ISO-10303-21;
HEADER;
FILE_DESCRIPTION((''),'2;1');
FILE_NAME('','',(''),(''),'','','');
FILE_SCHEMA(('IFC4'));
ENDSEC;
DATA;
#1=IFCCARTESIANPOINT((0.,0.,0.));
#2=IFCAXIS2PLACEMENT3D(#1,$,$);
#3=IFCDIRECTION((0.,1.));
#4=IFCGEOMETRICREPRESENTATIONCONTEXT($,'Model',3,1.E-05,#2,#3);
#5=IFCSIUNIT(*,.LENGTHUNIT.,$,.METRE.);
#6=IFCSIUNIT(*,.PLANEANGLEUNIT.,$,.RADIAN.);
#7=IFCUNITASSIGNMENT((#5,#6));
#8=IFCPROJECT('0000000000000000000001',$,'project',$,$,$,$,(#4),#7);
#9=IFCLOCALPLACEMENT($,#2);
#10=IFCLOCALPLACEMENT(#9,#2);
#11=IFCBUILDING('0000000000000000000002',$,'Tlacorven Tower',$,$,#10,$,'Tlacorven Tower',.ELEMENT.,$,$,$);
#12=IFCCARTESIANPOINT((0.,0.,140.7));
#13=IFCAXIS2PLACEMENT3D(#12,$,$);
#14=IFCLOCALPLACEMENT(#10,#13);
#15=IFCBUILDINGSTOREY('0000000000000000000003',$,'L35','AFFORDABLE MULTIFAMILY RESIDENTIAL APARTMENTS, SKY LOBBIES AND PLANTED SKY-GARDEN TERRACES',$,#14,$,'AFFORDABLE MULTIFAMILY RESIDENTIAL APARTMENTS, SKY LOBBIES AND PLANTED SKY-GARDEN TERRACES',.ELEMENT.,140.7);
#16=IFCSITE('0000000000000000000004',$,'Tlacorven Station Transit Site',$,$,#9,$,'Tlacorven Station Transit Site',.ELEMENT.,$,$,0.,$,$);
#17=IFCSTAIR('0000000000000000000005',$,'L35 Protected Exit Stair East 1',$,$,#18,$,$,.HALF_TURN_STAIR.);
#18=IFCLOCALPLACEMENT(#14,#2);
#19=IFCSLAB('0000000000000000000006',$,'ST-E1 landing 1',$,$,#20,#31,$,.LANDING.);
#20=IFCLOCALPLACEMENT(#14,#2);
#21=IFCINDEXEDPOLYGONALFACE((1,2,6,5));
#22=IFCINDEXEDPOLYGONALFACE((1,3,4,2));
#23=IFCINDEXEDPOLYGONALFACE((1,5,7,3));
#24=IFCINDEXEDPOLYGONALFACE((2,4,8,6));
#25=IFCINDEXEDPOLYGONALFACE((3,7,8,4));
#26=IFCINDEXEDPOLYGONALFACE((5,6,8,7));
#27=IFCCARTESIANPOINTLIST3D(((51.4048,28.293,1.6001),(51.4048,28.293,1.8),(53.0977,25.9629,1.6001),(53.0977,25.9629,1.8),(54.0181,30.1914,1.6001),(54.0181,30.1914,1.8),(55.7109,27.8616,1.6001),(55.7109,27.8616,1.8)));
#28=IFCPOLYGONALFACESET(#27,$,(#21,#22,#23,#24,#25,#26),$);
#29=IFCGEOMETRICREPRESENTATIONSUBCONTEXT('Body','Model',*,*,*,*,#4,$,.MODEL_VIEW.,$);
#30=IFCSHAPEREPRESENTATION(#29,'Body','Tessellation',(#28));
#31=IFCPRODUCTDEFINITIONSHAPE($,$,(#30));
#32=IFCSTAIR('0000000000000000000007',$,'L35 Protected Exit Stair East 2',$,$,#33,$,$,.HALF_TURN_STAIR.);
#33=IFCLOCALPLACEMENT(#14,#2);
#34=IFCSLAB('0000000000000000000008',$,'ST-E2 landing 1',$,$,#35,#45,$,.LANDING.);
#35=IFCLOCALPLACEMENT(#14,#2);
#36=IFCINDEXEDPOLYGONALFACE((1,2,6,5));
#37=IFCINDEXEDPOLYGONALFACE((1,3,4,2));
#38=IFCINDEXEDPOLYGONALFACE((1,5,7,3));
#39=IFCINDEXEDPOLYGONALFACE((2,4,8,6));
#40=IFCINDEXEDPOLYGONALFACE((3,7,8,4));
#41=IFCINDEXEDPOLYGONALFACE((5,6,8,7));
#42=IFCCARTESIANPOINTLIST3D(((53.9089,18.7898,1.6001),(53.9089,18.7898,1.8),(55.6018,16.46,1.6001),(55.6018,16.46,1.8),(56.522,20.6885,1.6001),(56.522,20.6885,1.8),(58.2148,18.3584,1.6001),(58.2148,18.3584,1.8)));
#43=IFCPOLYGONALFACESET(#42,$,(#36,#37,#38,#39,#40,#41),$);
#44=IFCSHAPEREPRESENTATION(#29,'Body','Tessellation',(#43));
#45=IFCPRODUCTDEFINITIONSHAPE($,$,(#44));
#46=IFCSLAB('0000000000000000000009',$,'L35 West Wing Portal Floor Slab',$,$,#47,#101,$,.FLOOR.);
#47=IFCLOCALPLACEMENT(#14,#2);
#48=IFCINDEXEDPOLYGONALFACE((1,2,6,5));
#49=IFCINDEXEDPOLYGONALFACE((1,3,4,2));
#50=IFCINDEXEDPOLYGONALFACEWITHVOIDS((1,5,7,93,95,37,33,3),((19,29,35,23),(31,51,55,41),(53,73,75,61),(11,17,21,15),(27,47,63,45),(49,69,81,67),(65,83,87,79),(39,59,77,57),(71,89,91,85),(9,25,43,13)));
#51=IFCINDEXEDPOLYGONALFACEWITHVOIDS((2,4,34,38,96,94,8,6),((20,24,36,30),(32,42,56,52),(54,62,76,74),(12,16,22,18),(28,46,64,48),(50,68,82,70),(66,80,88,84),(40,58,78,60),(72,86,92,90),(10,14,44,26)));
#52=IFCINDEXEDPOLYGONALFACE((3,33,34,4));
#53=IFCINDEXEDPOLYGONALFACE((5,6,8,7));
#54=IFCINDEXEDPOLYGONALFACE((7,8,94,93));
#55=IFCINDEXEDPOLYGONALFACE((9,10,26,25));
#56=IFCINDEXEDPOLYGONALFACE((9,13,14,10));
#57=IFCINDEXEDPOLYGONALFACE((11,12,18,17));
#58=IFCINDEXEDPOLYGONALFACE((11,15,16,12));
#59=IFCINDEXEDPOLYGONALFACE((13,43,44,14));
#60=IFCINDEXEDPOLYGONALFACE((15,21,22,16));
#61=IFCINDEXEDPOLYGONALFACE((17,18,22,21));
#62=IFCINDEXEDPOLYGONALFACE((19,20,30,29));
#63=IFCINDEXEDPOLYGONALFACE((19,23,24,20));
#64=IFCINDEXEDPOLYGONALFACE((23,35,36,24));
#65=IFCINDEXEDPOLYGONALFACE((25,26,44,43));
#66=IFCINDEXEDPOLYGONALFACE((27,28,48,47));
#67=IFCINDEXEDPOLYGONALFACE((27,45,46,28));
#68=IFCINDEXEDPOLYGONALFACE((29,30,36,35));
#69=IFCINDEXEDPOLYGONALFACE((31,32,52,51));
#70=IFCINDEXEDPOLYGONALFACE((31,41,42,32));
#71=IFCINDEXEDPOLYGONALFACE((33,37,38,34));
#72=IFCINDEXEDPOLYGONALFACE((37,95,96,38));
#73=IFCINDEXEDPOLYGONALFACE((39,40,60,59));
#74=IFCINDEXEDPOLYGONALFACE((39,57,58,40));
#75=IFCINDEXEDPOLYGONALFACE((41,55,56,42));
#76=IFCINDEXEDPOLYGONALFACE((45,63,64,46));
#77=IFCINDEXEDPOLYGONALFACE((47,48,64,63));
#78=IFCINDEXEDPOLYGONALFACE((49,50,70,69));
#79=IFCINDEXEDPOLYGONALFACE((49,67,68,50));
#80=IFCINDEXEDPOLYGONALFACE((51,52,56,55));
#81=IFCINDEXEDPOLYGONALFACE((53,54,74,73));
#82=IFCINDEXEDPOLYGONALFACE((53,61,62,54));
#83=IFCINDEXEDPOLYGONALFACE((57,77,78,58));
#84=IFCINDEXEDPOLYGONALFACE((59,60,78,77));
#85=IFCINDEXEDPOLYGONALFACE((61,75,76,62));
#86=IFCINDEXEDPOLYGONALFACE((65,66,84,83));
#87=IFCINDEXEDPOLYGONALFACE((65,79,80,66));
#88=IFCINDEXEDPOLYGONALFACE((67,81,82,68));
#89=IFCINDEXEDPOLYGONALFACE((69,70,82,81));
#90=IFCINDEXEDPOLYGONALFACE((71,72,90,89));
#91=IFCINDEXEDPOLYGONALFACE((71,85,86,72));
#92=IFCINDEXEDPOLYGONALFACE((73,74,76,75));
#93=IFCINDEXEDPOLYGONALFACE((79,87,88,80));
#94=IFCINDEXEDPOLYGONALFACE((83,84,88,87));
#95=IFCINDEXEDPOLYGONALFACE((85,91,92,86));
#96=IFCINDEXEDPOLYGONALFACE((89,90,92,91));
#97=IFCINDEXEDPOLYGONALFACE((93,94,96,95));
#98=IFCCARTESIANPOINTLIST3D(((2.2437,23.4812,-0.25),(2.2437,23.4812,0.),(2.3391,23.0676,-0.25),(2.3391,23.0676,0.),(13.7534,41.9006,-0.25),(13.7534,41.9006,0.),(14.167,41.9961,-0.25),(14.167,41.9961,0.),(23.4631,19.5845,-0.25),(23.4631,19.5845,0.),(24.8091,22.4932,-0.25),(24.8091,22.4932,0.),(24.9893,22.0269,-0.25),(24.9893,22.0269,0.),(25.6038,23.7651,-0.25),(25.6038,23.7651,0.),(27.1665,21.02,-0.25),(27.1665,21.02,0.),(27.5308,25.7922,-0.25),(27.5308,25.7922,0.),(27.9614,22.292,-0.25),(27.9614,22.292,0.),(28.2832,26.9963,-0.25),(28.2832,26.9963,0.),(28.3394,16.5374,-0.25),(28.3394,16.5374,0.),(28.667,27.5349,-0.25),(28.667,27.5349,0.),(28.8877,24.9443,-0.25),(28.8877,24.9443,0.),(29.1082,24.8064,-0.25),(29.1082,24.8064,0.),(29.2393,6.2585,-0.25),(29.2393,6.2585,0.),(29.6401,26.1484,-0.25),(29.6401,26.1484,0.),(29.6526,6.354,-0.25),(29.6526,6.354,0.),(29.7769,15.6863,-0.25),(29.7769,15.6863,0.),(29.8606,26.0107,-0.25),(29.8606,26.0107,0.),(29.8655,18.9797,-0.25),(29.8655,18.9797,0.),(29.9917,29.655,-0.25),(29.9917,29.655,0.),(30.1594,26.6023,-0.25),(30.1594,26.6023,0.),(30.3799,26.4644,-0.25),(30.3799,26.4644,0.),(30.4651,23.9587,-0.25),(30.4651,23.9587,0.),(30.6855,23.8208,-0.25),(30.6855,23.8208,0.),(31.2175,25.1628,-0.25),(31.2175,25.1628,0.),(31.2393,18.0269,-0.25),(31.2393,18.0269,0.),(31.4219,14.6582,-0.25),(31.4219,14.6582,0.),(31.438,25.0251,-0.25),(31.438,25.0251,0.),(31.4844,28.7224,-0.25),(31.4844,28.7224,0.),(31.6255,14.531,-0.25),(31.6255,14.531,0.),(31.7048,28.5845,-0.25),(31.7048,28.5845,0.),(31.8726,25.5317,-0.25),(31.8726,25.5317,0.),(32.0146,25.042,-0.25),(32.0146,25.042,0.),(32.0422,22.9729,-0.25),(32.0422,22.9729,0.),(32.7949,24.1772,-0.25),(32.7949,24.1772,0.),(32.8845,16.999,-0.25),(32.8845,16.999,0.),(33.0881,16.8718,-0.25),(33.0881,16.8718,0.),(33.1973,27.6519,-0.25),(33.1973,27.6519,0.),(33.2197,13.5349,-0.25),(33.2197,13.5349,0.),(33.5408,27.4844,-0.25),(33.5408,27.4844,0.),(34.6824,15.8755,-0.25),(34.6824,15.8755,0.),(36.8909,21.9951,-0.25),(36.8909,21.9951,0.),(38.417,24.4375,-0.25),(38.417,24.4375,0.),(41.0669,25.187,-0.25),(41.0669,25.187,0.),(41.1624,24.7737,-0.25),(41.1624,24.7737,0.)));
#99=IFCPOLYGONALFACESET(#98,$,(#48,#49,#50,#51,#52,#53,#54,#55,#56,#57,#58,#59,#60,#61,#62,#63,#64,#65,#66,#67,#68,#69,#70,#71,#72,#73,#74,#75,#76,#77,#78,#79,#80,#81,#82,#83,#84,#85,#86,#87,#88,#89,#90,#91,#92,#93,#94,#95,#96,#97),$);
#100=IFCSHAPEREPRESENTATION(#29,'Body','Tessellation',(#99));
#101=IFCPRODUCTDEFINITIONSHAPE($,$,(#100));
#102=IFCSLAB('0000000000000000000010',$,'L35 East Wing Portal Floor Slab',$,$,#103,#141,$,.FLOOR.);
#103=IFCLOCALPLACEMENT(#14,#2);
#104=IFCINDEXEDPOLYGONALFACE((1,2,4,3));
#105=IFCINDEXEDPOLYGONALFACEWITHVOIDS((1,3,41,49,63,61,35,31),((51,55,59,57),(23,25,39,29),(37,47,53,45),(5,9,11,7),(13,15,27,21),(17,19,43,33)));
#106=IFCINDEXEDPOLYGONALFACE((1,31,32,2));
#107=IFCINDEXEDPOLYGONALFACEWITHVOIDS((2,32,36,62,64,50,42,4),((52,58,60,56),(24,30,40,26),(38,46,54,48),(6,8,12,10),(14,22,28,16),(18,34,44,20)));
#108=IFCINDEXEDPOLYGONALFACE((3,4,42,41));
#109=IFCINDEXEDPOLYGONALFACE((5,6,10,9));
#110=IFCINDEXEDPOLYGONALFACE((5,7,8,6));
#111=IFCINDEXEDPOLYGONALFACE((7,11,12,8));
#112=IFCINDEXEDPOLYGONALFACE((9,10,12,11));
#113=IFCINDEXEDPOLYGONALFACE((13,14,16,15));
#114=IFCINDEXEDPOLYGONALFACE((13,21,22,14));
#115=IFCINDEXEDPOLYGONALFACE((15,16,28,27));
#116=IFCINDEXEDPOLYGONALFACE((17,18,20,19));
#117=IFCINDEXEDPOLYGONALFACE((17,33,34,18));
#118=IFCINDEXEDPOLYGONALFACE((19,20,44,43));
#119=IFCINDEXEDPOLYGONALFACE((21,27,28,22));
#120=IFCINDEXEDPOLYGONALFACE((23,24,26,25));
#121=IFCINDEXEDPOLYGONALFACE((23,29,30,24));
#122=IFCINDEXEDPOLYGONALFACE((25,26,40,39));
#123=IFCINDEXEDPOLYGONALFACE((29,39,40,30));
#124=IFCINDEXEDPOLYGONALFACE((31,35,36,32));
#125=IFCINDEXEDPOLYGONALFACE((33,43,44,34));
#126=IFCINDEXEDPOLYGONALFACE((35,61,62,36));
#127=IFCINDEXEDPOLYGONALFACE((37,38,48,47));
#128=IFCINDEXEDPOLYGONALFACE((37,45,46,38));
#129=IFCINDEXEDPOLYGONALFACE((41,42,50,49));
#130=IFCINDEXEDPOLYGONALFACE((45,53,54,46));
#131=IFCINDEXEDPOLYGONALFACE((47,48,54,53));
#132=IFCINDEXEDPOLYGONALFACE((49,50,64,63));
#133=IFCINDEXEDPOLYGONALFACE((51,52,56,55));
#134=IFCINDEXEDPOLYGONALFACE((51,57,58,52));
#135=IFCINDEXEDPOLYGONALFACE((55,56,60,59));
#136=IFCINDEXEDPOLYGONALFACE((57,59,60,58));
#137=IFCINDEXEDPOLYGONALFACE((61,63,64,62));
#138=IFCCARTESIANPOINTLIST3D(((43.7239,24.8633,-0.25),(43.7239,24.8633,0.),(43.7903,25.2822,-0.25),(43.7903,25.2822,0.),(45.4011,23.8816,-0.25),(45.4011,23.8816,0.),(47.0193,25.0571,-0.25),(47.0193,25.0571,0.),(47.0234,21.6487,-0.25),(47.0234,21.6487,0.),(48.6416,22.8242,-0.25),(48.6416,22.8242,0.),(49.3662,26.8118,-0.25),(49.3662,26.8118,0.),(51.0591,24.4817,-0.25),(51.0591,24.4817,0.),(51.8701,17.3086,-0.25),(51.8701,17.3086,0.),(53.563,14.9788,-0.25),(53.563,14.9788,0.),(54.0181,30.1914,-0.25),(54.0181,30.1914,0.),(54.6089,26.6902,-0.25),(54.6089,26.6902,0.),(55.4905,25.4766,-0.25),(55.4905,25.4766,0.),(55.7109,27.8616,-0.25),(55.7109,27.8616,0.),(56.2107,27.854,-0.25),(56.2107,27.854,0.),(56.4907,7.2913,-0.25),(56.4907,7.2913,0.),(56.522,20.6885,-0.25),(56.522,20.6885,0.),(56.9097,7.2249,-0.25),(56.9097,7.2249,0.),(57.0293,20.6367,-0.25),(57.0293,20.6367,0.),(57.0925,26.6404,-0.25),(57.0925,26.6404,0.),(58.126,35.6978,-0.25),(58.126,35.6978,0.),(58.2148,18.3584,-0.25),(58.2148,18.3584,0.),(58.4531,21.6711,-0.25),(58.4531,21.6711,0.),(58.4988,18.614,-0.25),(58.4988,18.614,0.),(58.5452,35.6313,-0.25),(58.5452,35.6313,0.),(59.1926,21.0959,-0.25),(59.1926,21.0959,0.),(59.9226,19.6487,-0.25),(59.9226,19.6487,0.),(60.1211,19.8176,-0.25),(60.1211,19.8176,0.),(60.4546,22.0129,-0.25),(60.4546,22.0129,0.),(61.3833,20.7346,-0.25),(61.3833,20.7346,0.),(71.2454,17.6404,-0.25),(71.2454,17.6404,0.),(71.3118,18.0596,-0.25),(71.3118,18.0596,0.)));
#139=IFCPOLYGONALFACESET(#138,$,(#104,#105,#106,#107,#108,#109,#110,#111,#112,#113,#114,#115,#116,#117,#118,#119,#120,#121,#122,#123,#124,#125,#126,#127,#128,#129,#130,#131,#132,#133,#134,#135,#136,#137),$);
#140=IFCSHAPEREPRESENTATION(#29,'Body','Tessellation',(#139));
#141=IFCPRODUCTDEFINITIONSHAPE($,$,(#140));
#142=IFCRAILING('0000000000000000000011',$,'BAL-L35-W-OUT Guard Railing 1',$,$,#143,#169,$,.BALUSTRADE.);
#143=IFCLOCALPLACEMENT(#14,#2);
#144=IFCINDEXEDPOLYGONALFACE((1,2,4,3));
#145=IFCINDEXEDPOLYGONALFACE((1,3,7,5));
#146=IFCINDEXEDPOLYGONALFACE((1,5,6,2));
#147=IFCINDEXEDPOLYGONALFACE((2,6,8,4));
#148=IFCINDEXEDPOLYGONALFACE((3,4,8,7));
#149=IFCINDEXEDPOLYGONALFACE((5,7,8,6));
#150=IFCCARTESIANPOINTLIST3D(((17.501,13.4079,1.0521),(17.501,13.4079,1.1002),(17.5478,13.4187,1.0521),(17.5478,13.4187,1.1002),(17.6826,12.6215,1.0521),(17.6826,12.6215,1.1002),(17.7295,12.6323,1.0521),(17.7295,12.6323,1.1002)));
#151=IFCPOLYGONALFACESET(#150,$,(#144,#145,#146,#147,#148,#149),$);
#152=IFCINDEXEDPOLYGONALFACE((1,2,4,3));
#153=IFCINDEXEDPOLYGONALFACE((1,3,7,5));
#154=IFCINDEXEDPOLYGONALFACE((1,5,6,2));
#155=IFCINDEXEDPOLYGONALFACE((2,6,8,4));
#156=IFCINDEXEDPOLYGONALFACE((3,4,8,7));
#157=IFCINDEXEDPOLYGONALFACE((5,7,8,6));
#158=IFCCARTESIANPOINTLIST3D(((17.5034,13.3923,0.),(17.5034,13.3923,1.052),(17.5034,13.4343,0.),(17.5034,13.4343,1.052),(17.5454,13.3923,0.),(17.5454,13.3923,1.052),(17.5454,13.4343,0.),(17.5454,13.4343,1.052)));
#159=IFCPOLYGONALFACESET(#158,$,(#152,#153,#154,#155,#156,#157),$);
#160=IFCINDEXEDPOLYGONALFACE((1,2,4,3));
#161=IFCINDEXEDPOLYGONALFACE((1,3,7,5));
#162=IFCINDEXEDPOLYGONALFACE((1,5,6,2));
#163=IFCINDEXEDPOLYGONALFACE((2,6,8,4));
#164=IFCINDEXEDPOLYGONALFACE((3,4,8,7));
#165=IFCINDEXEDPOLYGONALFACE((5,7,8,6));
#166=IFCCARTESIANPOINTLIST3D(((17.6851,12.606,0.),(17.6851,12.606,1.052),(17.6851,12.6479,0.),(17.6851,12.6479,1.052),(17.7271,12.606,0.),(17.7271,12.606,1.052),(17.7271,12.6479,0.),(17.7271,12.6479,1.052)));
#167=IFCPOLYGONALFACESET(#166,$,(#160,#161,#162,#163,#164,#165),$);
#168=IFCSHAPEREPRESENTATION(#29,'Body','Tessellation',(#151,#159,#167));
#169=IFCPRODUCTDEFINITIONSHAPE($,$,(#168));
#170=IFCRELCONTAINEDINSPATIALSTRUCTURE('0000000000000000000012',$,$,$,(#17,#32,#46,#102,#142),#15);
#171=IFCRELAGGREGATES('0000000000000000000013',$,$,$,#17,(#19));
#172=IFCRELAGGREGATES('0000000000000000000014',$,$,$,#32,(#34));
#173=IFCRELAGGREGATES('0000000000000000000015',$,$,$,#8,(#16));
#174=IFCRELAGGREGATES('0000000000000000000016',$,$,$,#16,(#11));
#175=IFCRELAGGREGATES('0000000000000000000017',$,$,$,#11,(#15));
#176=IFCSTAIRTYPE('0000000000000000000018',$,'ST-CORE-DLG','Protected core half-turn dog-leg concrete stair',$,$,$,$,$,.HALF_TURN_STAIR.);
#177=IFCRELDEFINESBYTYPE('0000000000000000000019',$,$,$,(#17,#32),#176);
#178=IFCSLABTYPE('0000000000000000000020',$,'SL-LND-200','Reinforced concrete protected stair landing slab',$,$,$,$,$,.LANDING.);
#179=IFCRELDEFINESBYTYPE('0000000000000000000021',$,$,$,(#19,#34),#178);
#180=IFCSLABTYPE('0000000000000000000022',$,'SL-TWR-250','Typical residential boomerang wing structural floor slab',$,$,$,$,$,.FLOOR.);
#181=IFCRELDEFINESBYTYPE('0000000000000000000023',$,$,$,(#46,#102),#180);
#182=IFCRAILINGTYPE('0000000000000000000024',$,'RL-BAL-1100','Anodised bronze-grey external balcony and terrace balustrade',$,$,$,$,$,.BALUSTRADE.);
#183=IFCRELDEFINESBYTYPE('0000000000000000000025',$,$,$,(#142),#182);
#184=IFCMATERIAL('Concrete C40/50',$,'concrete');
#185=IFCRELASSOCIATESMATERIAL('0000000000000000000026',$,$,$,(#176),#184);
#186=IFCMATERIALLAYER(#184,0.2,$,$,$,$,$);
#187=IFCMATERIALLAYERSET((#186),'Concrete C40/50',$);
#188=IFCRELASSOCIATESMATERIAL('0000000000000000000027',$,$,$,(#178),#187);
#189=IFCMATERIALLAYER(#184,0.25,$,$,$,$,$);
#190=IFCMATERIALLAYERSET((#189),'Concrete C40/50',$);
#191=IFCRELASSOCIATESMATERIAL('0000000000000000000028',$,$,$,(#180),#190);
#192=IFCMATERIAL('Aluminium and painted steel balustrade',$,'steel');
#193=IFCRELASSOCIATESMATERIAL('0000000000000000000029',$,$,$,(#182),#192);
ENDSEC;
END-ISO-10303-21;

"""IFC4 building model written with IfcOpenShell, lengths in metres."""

from ifc_helpers import new_model, si_unit, direction, frame, origin, origin_2d, place, context, subcontext, project, spatial, polyline, rectangle, outline, extrude, source, transform, mapped, material, layer, layer_set, type_object, element, aggregate, save


model = new_model("IFC4")

# Units and contexts
model_context = context("Model", 3, precision=1e-05, world=origin(), true_north=direction((0.0, 1.0)))
body_context = subcontext(model_context, "Body", "Model", "MODEL_VIEW")
ifc_project = project(units=[si_unit("LENGTHUNIT", "METRE"), si_unit("PLANEANGLEUNIT", "RADIAN")], contexts=[model_context])

# Site, building, storey
site_placement = place(None, origin())
site = spatial("IfcSite", under=ifc_project, at=site_placement, Name="Tlacorven Station Transit Site", LongName="Tlacorven Station Transit Site", CompositionType="ELEMENT", RefElevation=0.0)
building_placement = place(site_placement, origin())
building = spatial("IfcBuilding", under=site, at=building_placement, Name="Tlacorven Tower", LongName="Tlacorven Tower", CompositionType="ELEMENT")
storey_placement = place(building_placement, frame((0.0, 0.0, 140.7)))
storey = spatial("IfcBuildingStorey", under=building, at=storey_placement, Name="L35", Description="AFFORDABLE MULTIFAMILY RESIDENTIAL APARTMENTS, SKY LOBBIES AND PLANTED SKY-GARDEN TERRACES", LongName="AFFORDABLE MULTIFAMILY RESIDENTIAL APARTMENTS, SKY LOBBIES AND PLANTED SKY-GARDEN TERRACES", CompositionType="ELEMENT", Elevation=140.7)

# Stairs, slabs
ifc_material_1 = material(Name="Concrete C40/50", Category="concrete")
stair_type = type_object("IfcStairType", Name="ST-CORE-DLG", Description="Protected core half-turn dog-leg concrete stair", PredefinedType="HALF_TURN_STAIR", material=ifc_material_1)
ifc_layer_1 = layer(ifc_material_1, 0.2)
ifc_layer_set_1 = layer_set([ifc_layer_1], Name="Concrete C40/50")
slab_type_1 = type_object("IfcSlabType", Name="SL-LND-200", Description="Reinforced concrete protected stair landing slab", PredefinedType="LANDING", material=ifc_layer_set_1)
stair_1_placement = place(storey_placement, origin())
stair_1 = element("IfcStair", 1, at=stair_1_placement, inside=storey, type_object=stair_type, Name="L35 Protected Exit Stair East 1", PredefinedType="HALF_TURN_STAIR")
slab_1_placement = place(storey_placement, frame((0.0, 0.0, 1.6001)))
slab_1 = element("IfcSlab", 2, at=slab_1_placement, type_object=slab_type_1, Name="ST-E1 landing 1", PredefinedType="LANDING", context=body_context, shape_type="SweptSolid", body=[
    extrude(outline(polyline([(53.0977, 25.9629), (55.7109, 27.8616), (54.0181, 30.1914), (51.4048, 28.293), (53.0977, 25.9629)])), origin(), (0.0, 0.0, 1.0), 0.2),
])
aggregate(stair_1, [slab_1])
stair_2_placement = place(storey_placement, origin())
stair_2 = element("IfcStair", 3, at=stair_2_placement, inside=storey, type_object=stair_type, Name="L35 Protected Exit Stair East 2", PredefinedType="HALF_TURN_STAIR")
slab_2_placement = place(storey_placement, frame((0.0, 0.0, 1.6001)))
slab_2 = element("IfcSlab", 4, at=slab_2_placement, type_object=slab_type_1, Name="ST-E2 landing 1", PredefinedType="LANDING", context=body_context, shape_type="SweptSolid", body=[
    extrude(outline(polyline([(55.6018, 16.46), (58.2148, 18.3584), (56.522, 20.6885), (53.9089, 18.7898), (55.6018, 16.46)])), origin(), (0.0, 0.0, 1.0), 0.2),
])
aggregate(stair_2, [slab_2])

# Slabs
ifc_layer_2 = layer(ifc_material_1, 0.25)
ifc_layer_set_2 = layer_set([ifc_layer_2], Name="Concrete C40/50")
slab_type_2 = type_object("IfcSlabType", Name="SL-TWR-250", Description="Typical residential boomerang wing structural floor slab", PredefinedType="FLOOR", material=ifc_layer_set_2)
slab_3_placement = place(storey_placement, frame((0.0, 0.0, -0.25)))
element("IfcSlab", 5, at=slab_3_placement, inside=storey, type_object=slab_type_2, Name="L35 West Wing Portal Floor Slab", PredefinedType="FLOOR", context=body_context, shape_type="SweptSolid", body=[
    extrude(outline(polyline([(41.0669, 25.187), (14.167, 41.9961), (13.7534, 41.9006), (2.2437, 23.4812), (2.3391, 23.0676), (29.2393, 6.2585), (29.6526, 6.354), (41.1624, 24.7737), (41.0669, 25.187)]), holes=[polyline([(29.8655, 18.9797), (24.9893, 22.0269), (23.4631, 19.5845), (28.3394, 16.5374), (29.8655, 18.9797)]), polyline([(38.417, 24.4375), (33.5408, 27.4844), (32.0146, 25.042), (36.8909, 21.9951), (38.417, 24.4375)]), polyline([(34.6824, 15.8755), (33.0881, 16.8718), (31.6255, 14.531), (33.2197, 13.5349), (34.6824, 15.8755)]), polyline([(32.8845, 16.999), (31.2393, 18.0269), (29.7769, 15.6863), (31.4219, 14.6582), (32.8845, 16.999)]), polyline([(33.1973, 27.6519), (31.7048, 28.5845), (30.3799, 26.4644), (31.8726, 25.5317), (33.1973, 27.6519)]), polyline([(31.4844, 28.7224), (29.9917, 29.655), (28.667, 27.5349), (30.1594, 26.6023), (31.4844, 28.7224)]), polyline([(32.7949, 24.1772), (31.438, 25.0251), (30.6855, 23.8208), (32.0422, 22.9729), (32.7949, 24.1772)]), polyline([(31.2175, 25.1628), (29.8606, 26.0107), (29.1082, 24.8064), (30.4651, 23.9587), (31.2175, 25.1628)]), polyline([(29.6401, 26.1484), (28.2832, 26.9963), (27.5308, 25.7922), (28.8877, 24.9443), (29.6401, 26.1484)]), polyline([(27.9614, 22.292), (25.6038, 23.7651), (24.8091, 22.4932), (27.1665, 21.02), (27.9614, 22.292)])]), origin(), (0.0, 0.0, 1.0), 0.25),
])
slab_4_placement = place(storey_placement, frame((0.0, 0.0, -0.25)))
element("IfcSlab", 6, at=slab_4_placement, inside=storey, type_object=slab_type_2, Name="L35 East Wing Portal Floor Slab", PredefinedType="FLOOR", context=body_context, shape_type="SweptSolid", body=[
    extrude(outline(polyline([(56.9097, 7.2249), (71.2454, 17.6404), (71.3118, 18.0596), (58.5452, 35.6313), (58.126, 35.6978), (43.7903, 25.2822), (43.7239, 24.8633), (56.4907, 7.2913), (56.9097, 7.2249)]), holes=[polyline([(51.0591, 24.4817), (55.7109, 27.8616), (54.0181, 30.1914), (49.3662, 26.8118), (51.0591, 24.4817)]), polyline([(53.563, 14.9788), (58.2148, 18.3584), (56.522, 20.6885), (51.8701, 17.3086), (53.563, 14.9788)]), polyline([(47.0234, 21.6487), (48.6416, 22.8242), (47.0193, 25.0571), (45.4011, 23.8816), (47.0234, 21.6487)]), polyline([(58.4988, 18.614), (59.9226, 19.6487), (58.4531, 21.6711), (57.0293, 20.6367), (58.4988, 18.614)]), polyline([(55.4905, 25.4766), (57.0925, 26.6404), (56.2107, 27.854), (54.6089, 26.6902), (55.4905, 25.4766)]), polyline([(60.1211, 19.8176), (61.3833, 20.7346), (60.4546, 22.0129), (59.1926, 21.0959), (60.1211, 19.8176)])]), origin(), (0.0, 0.0, 1.0), 0.25),
])

# Railing
ifc_material_2 = material(Name="Aluminium and painted steel balustrade", Category="steel")
railing_type = type_object("IfcRailingType", Name="RL-BAL-1100", Description="Anodised bronze-grey external balcony and terrace balustrade", PredefinedType="BALUSTRADE", material=ifc_material_2)
shared_shape_1 = source(origin(), body_context, "Body", "SweptSolid", [
    extrude(rectangle(XDim=0.0481, YDim=0.0481, at=origin_2d()), frame((0.0, 0.0, 1.0762), z_axis=(0.225058, -0.974345, 0.0), x_axis=(0.974345, 0.225058, 0.0)), (0.0, 0.0, 1.0), 0.8071),
    extrude(rectangle(XDim=0.042, YDim=0.042, at=origin_2d()), origin(), (0.0, 0.0, 1.0), 1.052),
    extrude(rectangle(XDim=0.042, YDim=0.042, at=origin_2d()), frame((0.1816, -0.7864, 0.0)), (0.0, 0.0, 1.0), 1.052),
])
railing_1_placement = place(storey_placement, frame((17.5244, 13.4133, 0.0)))
element("IfcRailing", 7, at=railing_1_placement, inside=storey, type_object=railing_type, Name="BAL-L35-W-OUT Guard Railing 1", PredefinedType="BALUSTRADE", context=body_context, shape_type="MappedRepresentation", body=[
    mapped(shared_shape_1, transform((0.0, 0.0, 0.0), scale=1.0)),
])

save(model, "model.ifc")
